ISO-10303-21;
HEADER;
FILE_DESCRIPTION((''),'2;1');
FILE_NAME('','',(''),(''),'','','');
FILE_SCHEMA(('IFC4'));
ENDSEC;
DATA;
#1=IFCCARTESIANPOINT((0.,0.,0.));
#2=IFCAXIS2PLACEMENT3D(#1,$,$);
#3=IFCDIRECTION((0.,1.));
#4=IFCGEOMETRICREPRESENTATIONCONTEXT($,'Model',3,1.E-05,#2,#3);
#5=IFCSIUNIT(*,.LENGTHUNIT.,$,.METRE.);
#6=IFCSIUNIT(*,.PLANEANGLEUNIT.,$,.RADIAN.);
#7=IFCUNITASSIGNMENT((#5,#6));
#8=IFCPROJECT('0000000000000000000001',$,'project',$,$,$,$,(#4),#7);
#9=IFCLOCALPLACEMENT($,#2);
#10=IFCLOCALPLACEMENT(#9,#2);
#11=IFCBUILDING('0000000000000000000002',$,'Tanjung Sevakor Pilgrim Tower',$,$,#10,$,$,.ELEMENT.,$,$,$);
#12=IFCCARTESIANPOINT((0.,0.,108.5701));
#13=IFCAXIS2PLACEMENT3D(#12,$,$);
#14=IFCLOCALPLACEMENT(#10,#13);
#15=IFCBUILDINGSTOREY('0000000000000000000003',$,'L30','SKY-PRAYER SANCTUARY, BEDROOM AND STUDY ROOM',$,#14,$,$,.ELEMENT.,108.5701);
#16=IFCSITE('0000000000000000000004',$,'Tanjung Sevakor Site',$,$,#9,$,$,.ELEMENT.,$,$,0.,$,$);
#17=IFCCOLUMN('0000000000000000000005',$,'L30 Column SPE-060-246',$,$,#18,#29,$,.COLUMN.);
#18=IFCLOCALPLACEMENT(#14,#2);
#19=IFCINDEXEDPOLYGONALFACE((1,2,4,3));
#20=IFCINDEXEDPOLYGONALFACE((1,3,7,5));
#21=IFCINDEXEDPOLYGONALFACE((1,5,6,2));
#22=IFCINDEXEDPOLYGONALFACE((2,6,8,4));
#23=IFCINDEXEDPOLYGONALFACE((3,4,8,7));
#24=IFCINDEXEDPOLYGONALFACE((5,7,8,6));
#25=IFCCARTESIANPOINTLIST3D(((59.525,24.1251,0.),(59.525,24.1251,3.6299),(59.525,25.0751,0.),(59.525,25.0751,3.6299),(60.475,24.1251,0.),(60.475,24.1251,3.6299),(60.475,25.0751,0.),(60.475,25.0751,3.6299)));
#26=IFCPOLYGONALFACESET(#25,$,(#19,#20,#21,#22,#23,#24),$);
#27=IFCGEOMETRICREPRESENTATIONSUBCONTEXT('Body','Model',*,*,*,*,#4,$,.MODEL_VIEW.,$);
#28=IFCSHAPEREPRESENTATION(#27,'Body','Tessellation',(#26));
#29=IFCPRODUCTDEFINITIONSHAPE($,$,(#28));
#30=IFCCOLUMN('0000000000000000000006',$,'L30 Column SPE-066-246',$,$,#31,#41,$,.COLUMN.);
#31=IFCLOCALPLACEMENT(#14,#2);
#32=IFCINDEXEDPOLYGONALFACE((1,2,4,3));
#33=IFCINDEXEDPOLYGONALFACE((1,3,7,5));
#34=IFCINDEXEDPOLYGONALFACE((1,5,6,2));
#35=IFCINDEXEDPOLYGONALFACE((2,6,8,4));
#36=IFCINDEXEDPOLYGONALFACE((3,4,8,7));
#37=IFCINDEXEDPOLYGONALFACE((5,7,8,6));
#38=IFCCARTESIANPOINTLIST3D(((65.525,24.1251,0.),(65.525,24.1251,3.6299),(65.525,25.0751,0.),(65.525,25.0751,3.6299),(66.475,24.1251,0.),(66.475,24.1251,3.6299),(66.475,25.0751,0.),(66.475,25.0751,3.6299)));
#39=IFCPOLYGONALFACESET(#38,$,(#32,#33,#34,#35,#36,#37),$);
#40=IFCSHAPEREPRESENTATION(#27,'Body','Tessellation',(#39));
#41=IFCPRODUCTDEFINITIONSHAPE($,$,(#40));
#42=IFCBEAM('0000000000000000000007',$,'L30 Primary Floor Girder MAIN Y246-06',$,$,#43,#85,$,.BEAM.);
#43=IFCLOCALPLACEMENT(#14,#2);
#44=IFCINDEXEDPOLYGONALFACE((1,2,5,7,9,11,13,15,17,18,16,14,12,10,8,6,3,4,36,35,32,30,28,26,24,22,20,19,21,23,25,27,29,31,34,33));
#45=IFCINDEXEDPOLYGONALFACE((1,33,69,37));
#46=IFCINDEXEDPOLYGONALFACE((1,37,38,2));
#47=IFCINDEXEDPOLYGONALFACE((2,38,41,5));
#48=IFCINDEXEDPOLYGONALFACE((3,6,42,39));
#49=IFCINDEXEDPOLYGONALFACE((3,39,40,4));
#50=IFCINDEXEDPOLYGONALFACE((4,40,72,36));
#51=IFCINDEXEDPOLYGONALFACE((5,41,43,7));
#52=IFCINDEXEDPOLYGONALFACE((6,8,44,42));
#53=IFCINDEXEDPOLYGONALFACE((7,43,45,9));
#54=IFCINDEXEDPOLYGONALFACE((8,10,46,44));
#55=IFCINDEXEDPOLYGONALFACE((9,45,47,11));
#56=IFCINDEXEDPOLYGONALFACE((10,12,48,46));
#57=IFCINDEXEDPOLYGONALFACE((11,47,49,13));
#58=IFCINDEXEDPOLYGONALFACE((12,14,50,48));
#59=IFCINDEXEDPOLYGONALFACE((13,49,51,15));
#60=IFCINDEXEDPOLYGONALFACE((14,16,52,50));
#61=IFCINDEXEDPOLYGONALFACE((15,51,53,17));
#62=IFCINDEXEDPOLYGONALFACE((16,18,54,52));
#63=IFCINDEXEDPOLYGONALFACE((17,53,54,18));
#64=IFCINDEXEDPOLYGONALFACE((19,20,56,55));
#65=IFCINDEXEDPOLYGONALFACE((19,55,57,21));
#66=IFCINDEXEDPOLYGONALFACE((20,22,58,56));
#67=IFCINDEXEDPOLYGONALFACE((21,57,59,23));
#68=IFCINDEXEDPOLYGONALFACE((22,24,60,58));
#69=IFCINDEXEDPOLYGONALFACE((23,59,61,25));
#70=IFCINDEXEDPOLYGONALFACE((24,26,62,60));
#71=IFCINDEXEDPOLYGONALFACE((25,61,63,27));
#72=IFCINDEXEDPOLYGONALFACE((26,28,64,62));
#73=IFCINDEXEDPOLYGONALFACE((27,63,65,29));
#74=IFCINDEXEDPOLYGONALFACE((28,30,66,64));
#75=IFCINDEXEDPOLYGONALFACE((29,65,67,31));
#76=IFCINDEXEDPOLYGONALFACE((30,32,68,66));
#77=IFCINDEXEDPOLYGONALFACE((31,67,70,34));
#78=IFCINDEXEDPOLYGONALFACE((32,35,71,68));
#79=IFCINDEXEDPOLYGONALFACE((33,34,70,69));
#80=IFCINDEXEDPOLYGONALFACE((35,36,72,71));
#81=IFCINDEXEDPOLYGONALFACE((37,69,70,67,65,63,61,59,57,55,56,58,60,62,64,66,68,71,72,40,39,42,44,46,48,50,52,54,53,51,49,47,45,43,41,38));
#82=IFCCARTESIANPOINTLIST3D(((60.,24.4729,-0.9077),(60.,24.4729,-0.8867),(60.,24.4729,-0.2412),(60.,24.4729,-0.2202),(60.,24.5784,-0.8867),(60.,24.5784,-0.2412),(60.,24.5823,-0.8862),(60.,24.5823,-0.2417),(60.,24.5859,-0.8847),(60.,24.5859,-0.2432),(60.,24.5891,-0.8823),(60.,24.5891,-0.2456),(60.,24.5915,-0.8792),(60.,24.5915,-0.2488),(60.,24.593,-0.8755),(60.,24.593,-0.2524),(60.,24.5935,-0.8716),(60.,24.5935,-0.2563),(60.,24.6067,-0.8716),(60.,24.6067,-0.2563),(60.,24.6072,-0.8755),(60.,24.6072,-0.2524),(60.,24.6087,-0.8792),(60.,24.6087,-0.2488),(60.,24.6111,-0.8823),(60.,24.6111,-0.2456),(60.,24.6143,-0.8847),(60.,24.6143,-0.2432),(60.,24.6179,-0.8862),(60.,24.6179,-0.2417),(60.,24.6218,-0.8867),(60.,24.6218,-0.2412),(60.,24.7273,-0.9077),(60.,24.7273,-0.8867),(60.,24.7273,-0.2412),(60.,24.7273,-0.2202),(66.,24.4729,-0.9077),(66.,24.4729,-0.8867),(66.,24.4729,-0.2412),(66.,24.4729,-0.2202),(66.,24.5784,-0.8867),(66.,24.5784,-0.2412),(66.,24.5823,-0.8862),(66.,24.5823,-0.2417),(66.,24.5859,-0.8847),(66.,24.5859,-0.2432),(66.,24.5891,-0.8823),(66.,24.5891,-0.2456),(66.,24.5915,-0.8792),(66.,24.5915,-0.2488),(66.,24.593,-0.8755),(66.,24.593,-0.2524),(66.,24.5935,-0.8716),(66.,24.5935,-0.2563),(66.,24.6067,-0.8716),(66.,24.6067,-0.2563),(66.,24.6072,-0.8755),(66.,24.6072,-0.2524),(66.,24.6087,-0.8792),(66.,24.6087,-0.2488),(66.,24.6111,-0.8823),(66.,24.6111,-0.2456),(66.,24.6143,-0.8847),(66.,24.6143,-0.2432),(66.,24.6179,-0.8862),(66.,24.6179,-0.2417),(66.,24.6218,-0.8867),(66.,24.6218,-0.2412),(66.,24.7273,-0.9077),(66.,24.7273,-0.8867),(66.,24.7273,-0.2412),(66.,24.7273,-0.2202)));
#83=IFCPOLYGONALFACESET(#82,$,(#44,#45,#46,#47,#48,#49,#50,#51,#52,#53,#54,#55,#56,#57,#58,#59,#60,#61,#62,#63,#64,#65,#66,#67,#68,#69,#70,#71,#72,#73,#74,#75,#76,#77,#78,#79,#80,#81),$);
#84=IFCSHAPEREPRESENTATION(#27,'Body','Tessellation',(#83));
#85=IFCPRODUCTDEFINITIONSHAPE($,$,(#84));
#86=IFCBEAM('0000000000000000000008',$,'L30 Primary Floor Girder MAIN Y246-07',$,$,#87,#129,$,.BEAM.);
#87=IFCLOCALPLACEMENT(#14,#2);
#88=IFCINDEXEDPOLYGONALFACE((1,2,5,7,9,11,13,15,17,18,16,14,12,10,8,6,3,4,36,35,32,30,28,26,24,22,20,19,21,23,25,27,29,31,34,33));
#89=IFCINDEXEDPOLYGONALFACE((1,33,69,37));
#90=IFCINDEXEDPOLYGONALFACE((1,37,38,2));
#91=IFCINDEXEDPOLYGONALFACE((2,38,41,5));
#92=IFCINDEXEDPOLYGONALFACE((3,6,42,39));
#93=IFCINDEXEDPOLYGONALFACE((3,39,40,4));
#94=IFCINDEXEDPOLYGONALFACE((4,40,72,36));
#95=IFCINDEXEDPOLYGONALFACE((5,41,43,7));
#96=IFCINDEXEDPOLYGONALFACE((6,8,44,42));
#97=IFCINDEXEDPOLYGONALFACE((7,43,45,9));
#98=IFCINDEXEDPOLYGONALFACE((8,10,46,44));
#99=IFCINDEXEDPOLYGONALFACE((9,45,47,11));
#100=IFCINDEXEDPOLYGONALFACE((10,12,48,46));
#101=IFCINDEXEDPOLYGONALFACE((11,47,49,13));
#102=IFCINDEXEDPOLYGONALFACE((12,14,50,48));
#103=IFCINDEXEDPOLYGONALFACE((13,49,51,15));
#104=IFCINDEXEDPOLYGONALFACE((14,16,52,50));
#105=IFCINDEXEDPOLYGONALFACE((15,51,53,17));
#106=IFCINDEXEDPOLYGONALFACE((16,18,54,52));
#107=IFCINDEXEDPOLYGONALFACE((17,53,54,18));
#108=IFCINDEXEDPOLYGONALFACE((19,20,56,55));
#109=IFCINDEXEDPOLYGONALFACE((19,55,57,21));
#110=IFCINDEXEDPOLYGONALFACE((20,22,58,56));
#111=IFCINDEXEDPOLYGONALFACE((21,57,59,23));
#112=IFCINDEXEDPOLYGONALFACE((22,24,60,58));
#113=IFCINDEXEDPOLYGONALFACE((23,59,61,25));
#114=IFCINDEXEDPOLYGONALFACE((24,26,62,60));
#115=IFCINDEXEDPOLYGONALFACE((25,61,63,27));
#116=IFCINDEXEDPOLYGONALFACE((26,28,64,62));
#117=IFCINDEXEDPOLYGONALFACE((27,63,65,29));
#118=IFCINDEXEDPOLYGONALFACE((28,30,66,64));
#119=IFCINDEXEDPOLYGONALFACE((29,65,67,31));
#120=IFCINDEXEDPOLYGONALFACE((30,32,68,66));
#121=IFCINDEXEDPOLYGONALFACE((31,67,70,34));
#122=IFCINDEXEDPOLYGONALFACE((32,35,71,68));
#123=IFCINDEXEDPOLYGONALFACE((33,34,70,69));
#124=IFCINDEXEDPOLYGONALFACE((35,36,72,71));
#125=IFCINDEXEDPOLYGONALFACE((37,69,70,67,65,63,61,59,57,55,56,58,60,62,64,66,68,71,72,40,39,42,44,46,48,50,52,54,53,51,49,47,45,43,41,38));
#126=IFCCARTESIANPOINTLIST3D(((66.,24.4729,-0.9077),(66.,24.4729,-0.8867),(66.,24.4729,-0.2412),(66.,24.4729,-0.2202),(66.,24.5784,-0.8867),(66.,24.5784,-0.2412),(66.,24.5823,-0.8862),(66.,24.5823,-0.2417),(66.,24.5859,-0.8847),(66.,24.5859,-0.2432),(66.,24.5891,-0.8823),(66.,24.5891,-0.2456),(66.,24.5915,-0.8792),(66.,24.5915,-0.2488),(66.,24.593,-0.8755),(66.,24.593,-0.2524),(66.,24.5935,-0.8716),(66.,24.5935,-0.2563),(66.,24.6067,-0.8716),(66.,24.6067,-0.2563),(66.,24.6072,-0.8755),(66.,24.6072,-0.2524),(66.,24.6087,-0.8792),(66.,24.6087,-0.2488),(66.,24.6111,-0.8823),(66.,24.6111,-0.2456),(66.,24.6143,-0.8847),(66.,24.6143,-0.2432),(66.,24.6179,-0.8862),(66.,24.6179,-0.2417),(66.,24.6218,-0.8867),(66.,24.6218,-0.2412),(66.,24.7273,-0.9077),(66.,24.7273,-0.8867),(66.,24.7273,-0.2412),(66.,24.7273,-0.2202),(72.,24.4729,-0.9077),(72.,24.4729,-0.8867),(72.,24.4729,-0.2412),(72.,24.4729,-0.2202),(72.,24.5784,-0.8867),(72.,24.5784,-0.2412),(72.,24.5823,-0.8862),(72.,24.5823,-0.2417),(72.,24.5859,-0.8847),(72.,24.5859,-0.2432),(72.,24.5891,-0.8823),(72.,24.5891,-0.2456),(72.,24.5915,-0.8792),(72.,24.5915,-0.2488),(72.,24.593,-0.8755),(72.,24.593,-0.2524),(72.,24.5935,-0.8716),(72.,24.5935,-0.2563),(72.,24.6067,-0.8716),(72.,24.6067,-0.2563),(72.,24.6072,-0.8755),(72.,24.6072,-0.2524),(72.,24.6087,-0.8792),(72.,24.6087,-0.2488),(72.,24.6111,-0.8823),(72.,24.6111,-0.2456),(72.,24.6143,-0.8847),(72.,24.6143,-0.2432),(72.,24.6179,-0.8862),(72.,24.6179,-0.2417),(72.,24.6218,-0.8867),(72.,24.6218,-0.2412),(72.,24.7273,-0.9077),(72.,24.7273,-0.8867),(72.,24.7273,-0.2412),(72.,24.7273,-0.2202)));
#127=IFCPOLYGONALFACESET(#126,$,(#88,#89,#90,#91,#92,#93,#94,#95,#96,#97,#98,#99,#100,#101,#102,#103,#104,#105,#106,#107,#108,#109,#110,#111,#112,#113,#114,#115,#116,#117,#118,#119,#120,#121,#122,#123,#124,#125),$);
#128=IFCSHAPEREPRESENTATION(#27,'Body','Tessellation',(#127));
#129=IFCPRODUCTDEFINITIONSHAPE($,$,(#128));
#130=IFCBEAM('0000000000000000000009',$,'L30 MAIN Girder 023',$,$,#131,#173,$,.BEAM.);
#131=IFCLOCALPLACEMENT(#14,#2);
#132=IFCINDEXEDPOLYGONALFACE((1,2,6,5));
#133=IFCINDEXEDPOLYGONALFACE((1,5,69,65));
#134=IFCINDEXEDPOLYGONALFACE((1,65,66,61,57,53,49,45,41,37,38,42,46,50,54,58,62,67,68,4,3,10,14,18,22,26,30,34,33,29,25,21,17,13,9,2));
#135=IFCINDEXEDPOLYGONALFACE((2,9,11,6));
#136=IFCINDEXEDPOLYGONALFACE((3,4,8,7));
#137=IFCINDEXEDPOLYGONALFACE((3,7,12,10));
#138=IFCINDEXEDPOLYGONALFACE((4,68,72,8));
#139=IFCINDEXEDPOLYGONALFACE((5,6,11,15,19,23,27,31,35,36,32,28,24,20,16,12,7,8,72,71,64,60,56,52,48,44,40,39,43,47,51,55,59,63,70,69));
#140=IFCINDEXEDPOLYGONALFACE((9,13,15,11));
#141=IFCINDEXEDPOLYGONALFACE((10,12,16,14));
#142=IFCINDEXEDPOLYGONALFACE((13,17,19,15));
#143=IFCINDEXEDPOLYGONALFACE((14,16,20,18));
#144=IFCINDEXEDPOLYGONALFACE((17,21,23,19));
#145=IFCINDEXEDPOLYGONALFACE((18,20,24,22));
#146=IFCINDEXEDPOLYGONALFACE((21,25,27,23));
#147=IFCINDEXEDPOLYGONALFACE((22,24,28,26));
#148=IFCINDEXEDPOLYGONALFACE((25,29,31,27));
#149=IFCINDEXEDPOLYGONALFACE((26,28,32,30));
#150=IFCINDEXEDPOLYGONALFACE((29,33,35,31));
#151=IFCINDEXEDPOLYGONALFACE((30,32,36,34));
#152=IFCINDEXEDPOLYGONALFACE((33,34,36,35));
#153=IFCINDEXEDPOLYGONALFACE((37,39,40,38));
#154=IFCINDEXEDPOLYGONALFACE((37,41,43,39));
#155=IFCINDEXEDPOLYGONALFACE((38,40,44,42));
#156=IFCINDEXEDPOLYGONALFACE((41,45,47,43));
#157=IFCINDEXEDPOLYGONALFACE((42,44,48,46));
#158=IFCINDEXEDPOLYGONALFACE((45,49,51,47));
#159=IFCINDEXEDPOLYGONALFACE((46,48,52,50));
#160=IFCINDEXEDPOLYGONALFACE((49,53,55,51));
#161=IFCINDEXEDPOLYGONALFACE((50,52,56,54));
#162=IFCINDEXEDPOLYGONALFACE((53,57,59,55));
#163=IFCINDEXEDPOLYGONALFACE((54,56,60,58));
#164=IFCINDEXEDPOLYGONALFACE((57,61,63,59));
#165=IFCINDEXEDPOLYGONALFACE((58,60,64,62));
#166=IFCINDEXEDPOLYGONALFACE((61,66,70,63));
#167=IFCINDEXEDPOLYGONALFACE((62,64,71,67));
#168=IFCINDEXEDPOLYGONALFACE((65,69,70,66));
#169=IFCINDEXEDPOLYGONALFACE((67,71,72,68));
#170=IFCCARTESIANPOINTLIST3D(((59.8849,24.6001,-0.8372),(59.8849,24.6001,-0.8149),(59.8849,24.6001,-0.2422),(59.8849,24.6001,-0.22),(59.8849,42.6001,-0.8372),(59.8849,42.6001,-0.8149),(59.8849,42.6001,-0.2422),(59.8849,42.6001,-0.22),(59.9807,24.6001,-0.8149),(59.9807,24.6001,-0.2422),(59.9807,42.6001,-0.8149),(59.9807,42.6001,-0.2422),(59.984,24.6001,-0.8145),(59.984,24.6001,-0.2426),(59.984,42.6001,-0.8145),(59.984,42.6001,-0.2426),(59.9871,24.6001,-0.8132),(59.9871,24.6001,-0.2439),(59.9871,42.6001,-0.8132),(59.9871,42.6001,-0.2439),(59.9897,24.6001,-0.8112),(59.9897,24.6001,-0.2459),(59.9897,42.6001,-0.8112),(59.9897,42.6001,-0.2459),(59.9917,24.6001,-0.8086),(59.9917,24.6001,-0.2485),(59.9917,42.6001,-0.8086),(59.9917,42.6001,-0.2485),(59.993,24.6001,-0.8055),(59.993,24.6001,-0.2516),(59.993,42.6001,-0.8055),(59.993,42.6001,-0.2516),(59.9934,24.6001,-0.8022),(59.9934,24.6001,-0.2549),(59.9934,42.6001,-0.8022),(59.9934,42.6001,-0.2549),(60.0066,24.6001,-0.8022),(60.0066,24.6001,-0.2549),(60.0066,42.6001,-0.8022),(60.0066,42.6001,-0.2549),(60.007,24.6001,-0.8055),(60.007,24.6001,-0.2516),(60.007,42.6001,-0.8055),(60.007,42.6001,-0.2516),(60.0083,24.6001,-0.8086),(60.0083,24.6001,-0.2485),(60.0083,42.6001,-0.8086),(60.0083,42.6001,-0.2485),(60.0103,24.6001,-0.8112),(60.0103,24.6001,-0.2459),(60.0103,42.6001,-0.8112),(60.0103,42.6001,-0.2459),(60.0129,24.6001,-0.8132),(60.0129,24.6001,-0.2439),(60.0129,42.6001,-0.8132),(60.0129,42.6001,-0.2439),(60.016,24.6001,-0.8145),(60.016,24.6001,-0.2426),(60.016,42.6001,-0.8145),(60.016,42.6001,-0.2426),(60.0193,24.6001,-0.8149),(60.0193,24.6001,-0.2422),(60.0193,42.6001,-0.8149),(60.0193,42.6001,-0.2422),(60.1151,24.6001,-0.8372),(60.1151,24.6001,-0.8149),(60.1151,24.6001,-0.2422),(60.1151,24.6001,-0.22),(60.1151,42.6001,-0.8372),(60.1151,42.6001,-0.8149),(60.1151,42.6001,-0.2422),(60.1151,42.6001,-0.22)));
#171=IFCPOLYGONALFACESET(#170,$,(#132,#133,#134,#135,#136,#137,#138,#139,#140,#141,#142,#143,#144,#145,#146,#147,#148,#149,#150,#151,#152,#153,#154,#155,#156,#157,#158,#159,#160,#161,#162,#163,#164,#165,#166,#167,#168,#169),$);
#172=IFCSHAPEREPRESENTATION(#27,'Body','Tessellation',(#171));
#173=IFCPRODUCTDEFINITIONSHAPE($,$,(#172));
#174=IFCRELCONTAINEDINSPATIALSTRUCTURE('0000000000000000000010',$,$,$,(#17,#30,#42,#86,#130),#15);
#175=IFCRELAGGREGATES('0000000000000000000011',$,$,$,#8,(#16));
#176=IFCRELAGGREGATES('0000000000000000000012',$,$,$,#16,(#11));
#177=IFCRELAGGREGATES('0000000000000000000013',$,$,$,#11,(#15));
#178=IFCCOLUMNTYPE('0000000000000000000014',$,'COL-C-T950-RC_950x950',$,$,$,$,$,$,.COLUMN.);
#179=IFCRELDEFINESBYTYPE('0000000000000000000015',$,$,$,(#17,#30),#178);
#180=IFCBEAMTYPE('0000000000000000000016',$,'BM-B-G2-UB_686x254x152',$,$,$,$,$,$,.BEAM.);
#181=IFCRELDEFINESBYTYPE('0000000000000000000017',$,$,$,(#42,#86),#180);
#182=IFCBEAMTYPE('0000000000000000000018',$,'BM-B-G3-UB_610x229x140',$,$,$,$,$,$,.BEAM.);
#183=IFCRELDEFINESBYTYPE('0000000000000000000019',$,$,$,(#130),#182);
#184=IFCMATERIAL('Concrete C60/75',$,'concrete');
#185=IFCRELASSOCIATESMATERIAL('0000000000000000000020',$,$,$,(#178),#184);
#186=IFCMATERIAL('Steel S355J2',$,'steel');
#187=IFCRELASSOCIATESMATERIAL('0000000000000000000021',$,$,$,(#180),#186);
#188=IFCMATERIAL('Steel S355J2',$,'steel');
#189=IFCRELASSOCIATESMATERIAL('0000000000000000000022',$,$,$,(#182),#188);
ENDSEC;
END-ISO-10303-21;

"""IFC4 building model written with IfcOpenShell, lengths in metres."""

from ifc_helpers import new_model, si_unit, direction, frame, origin, origin_2d, place, context, subcontext, project, spatial, rectangle, i_section, extrude, material, material_profile, profile_set, type_object, element, save


model = new_model("IFC4")

# Units and contexts
model_context = context("Model", 3, precision=1e-05, world=origin(), true_north=direction((0.0, 1.0)))
body_context = subcontext(model_context, "Body", "Model", "MODEL_VIEW")
ifc_project = project(units=[si_unit("LENGTHUNIT", "METRE"), si_unit("PLANEANGLEUNIT", "RADIAN")], contexts=[model_context])

# Site, building, storey
site_placement = place(None, origin())
site = spatial("IfcSite", under=ifc_project, at=site_placement, Name="Tanjung Sevakor Site", CompositionType="ELEMENT", RefElevation=0.0)
building_placement = place(site_placement, origin())
building = spatial("IfcBuilding", under=site, at=building_placement, Name="Tanjung Sevakor Pilgrim Tower", CompositionType="ELEMENT")
storey_placement = place(building_placement, frame((0.0, 0.0, 108.5701)))
storey = spatial("IfcBuildingStorey", under=building, at=storey_placement, Name="L30", Description="SKY-PRAYER SANCTUARY, BEDROOM AND STUDY ROOM", CompositionType="ELEMENT", Elevation=108.5701)

# Columns
ifc_material_1 = material(Name="Concrete C60/75", Category="concrete")
ifc_material_profile_1 = material_profile(ifc_material_1, rectangle(XDim=0.95, YDim=0.95, at=origin_2d()))
ifc_profile_set_1 = profile_set([ifc_material_profile_1], Name="Concrete C60/75")
column_type = type_object("IfcColumnType", Name="COL-C-T950-RC_950x950", PredefinedType="COLUMN", material=ifc_profile_set_1)
for number, where, z_axis, x_axis, name in (
    (1, (60.0, 24.6001, 0.0), (0.0, 0.0, 1.0), (1.0, 0.0, 0.0), "L30 Column SPE-060-246"),
    (2, (66.0, 24.6001, 0.0), (0.0, 0.0, 1.0), (1.0, 0.0, 0.0), "L30 Column SPE-066-246"),
):
    element("IfcColumn", number, at=place(storey_placement, frame(where, z_axis=z_axis, x_axis=x_axis)), inside=storey, type_object=column_type, Name=name, PredefinedType="COLUMN", context=body_context, shape_type="SweptSolid", body=[
        extrude(rectangle(XDim=0.95, YDim=0.95, at=origin_2d()), origin(), (0.0, 0.0, 1.0), 3.6299),
    ])

# Beams
ifc_material_2 = material(Name="Steel S355J2", Category="steel")
ifc_material_profile_2 = material_profile(ifc_material_2, i_section(OverallWidth=0.2544, OverallDepth=0.6875, WebThickness=0.0132, FlangeThickness=0.021, FilletRadius=0.0151, at=origin_2d()))
ifc_profile_set_2 = profile_set([ifc_material_profile_2], Name="Steel S355J2")
beam_type_1 = type_object("IfcBeamType", Name="BM-B-G2-UB_686x254x152", PredefinedType="BEAM", material=ifc_profile_set_2)
for number, where, z_axis, x_axis, name in (
    (3, (60.0, 24.6001, -0.564), (1.0, 0.0, 0.0), (0.0, 1.0, 0.0), "L30 Primary Floor Girder MAIN Y246-06"),
    (4, (66.0, 24.6001, -0.564), (1.0, 0.0, 0.0), (0.0, 1.0, 0.0), "L30 Primary Floor Girder MAIN Y246-07"),
):
    element("IfcBeam", number, at=place(storey_placement, frame(where, z_axis=z_axis, x_axis=x_axis)), inside=storey, type_object=beam_type_1, Name=name, PredefinedType="BEAM", context=body_context, shape_type="SweptSolid", body=[
        extrude(i_section(OverallWidth=0.2544, OverallDepth=0.6875, WebThickness=0.0132, FlangeThickness=0.021, FilletRadius=0.0151, at=origin_2d()), origin(), (0.0, 0.0, 1.0), 6.0),
    ])
ifc_material_3 = material(Name="Steel S355J2", Category="steel")
ifc_material_profile_3 = material_profile(ifc_material_3, i_section(OverallWidth=0.2302, OverallDepth=0.6172, WebThickness=0.0132, FlangeThickness=0.0222, FilletRadius=0.0127, at=origin_2d()))
ifc_profile_set_3 = profile_set([ifc_material_profile_3], Name="Steel S355J2")
beam_type_2 = type_object("IfcBeamType", Name="BM-B-G3-UB_610x229x140", PredefinedType="BEAM", material=ifc_profile_set_3)
for number, where, z_axis, x_axis, name in (
    (5, (60.0, 24.6001, -0.5286), (0.0, 1.0, 0.0), (-1.0, 0.0, 0.0), "L30 MAIN Girder 023"),
):
    element("IfcBeam", number, at=place(storey_placement, frame(where, z_axis=z_axis, x_axis=x_axis)), inside=storey, type_object=beam_type_2, Name=name, PredefinedType="BEAM", context=body_context, shape_type="SweptSolid", body=[
        extrude(i_section(OverallWidth=0.2302, OverallDepth=0.6172, WebThickness=0.0132, FlangeThickness=0.0222, FilletRadius=0.0127, at=origin_2d()), origin(), (0.0, 0.0, 1.0), 18.0),
    ])

save(model, "model.ifc")
